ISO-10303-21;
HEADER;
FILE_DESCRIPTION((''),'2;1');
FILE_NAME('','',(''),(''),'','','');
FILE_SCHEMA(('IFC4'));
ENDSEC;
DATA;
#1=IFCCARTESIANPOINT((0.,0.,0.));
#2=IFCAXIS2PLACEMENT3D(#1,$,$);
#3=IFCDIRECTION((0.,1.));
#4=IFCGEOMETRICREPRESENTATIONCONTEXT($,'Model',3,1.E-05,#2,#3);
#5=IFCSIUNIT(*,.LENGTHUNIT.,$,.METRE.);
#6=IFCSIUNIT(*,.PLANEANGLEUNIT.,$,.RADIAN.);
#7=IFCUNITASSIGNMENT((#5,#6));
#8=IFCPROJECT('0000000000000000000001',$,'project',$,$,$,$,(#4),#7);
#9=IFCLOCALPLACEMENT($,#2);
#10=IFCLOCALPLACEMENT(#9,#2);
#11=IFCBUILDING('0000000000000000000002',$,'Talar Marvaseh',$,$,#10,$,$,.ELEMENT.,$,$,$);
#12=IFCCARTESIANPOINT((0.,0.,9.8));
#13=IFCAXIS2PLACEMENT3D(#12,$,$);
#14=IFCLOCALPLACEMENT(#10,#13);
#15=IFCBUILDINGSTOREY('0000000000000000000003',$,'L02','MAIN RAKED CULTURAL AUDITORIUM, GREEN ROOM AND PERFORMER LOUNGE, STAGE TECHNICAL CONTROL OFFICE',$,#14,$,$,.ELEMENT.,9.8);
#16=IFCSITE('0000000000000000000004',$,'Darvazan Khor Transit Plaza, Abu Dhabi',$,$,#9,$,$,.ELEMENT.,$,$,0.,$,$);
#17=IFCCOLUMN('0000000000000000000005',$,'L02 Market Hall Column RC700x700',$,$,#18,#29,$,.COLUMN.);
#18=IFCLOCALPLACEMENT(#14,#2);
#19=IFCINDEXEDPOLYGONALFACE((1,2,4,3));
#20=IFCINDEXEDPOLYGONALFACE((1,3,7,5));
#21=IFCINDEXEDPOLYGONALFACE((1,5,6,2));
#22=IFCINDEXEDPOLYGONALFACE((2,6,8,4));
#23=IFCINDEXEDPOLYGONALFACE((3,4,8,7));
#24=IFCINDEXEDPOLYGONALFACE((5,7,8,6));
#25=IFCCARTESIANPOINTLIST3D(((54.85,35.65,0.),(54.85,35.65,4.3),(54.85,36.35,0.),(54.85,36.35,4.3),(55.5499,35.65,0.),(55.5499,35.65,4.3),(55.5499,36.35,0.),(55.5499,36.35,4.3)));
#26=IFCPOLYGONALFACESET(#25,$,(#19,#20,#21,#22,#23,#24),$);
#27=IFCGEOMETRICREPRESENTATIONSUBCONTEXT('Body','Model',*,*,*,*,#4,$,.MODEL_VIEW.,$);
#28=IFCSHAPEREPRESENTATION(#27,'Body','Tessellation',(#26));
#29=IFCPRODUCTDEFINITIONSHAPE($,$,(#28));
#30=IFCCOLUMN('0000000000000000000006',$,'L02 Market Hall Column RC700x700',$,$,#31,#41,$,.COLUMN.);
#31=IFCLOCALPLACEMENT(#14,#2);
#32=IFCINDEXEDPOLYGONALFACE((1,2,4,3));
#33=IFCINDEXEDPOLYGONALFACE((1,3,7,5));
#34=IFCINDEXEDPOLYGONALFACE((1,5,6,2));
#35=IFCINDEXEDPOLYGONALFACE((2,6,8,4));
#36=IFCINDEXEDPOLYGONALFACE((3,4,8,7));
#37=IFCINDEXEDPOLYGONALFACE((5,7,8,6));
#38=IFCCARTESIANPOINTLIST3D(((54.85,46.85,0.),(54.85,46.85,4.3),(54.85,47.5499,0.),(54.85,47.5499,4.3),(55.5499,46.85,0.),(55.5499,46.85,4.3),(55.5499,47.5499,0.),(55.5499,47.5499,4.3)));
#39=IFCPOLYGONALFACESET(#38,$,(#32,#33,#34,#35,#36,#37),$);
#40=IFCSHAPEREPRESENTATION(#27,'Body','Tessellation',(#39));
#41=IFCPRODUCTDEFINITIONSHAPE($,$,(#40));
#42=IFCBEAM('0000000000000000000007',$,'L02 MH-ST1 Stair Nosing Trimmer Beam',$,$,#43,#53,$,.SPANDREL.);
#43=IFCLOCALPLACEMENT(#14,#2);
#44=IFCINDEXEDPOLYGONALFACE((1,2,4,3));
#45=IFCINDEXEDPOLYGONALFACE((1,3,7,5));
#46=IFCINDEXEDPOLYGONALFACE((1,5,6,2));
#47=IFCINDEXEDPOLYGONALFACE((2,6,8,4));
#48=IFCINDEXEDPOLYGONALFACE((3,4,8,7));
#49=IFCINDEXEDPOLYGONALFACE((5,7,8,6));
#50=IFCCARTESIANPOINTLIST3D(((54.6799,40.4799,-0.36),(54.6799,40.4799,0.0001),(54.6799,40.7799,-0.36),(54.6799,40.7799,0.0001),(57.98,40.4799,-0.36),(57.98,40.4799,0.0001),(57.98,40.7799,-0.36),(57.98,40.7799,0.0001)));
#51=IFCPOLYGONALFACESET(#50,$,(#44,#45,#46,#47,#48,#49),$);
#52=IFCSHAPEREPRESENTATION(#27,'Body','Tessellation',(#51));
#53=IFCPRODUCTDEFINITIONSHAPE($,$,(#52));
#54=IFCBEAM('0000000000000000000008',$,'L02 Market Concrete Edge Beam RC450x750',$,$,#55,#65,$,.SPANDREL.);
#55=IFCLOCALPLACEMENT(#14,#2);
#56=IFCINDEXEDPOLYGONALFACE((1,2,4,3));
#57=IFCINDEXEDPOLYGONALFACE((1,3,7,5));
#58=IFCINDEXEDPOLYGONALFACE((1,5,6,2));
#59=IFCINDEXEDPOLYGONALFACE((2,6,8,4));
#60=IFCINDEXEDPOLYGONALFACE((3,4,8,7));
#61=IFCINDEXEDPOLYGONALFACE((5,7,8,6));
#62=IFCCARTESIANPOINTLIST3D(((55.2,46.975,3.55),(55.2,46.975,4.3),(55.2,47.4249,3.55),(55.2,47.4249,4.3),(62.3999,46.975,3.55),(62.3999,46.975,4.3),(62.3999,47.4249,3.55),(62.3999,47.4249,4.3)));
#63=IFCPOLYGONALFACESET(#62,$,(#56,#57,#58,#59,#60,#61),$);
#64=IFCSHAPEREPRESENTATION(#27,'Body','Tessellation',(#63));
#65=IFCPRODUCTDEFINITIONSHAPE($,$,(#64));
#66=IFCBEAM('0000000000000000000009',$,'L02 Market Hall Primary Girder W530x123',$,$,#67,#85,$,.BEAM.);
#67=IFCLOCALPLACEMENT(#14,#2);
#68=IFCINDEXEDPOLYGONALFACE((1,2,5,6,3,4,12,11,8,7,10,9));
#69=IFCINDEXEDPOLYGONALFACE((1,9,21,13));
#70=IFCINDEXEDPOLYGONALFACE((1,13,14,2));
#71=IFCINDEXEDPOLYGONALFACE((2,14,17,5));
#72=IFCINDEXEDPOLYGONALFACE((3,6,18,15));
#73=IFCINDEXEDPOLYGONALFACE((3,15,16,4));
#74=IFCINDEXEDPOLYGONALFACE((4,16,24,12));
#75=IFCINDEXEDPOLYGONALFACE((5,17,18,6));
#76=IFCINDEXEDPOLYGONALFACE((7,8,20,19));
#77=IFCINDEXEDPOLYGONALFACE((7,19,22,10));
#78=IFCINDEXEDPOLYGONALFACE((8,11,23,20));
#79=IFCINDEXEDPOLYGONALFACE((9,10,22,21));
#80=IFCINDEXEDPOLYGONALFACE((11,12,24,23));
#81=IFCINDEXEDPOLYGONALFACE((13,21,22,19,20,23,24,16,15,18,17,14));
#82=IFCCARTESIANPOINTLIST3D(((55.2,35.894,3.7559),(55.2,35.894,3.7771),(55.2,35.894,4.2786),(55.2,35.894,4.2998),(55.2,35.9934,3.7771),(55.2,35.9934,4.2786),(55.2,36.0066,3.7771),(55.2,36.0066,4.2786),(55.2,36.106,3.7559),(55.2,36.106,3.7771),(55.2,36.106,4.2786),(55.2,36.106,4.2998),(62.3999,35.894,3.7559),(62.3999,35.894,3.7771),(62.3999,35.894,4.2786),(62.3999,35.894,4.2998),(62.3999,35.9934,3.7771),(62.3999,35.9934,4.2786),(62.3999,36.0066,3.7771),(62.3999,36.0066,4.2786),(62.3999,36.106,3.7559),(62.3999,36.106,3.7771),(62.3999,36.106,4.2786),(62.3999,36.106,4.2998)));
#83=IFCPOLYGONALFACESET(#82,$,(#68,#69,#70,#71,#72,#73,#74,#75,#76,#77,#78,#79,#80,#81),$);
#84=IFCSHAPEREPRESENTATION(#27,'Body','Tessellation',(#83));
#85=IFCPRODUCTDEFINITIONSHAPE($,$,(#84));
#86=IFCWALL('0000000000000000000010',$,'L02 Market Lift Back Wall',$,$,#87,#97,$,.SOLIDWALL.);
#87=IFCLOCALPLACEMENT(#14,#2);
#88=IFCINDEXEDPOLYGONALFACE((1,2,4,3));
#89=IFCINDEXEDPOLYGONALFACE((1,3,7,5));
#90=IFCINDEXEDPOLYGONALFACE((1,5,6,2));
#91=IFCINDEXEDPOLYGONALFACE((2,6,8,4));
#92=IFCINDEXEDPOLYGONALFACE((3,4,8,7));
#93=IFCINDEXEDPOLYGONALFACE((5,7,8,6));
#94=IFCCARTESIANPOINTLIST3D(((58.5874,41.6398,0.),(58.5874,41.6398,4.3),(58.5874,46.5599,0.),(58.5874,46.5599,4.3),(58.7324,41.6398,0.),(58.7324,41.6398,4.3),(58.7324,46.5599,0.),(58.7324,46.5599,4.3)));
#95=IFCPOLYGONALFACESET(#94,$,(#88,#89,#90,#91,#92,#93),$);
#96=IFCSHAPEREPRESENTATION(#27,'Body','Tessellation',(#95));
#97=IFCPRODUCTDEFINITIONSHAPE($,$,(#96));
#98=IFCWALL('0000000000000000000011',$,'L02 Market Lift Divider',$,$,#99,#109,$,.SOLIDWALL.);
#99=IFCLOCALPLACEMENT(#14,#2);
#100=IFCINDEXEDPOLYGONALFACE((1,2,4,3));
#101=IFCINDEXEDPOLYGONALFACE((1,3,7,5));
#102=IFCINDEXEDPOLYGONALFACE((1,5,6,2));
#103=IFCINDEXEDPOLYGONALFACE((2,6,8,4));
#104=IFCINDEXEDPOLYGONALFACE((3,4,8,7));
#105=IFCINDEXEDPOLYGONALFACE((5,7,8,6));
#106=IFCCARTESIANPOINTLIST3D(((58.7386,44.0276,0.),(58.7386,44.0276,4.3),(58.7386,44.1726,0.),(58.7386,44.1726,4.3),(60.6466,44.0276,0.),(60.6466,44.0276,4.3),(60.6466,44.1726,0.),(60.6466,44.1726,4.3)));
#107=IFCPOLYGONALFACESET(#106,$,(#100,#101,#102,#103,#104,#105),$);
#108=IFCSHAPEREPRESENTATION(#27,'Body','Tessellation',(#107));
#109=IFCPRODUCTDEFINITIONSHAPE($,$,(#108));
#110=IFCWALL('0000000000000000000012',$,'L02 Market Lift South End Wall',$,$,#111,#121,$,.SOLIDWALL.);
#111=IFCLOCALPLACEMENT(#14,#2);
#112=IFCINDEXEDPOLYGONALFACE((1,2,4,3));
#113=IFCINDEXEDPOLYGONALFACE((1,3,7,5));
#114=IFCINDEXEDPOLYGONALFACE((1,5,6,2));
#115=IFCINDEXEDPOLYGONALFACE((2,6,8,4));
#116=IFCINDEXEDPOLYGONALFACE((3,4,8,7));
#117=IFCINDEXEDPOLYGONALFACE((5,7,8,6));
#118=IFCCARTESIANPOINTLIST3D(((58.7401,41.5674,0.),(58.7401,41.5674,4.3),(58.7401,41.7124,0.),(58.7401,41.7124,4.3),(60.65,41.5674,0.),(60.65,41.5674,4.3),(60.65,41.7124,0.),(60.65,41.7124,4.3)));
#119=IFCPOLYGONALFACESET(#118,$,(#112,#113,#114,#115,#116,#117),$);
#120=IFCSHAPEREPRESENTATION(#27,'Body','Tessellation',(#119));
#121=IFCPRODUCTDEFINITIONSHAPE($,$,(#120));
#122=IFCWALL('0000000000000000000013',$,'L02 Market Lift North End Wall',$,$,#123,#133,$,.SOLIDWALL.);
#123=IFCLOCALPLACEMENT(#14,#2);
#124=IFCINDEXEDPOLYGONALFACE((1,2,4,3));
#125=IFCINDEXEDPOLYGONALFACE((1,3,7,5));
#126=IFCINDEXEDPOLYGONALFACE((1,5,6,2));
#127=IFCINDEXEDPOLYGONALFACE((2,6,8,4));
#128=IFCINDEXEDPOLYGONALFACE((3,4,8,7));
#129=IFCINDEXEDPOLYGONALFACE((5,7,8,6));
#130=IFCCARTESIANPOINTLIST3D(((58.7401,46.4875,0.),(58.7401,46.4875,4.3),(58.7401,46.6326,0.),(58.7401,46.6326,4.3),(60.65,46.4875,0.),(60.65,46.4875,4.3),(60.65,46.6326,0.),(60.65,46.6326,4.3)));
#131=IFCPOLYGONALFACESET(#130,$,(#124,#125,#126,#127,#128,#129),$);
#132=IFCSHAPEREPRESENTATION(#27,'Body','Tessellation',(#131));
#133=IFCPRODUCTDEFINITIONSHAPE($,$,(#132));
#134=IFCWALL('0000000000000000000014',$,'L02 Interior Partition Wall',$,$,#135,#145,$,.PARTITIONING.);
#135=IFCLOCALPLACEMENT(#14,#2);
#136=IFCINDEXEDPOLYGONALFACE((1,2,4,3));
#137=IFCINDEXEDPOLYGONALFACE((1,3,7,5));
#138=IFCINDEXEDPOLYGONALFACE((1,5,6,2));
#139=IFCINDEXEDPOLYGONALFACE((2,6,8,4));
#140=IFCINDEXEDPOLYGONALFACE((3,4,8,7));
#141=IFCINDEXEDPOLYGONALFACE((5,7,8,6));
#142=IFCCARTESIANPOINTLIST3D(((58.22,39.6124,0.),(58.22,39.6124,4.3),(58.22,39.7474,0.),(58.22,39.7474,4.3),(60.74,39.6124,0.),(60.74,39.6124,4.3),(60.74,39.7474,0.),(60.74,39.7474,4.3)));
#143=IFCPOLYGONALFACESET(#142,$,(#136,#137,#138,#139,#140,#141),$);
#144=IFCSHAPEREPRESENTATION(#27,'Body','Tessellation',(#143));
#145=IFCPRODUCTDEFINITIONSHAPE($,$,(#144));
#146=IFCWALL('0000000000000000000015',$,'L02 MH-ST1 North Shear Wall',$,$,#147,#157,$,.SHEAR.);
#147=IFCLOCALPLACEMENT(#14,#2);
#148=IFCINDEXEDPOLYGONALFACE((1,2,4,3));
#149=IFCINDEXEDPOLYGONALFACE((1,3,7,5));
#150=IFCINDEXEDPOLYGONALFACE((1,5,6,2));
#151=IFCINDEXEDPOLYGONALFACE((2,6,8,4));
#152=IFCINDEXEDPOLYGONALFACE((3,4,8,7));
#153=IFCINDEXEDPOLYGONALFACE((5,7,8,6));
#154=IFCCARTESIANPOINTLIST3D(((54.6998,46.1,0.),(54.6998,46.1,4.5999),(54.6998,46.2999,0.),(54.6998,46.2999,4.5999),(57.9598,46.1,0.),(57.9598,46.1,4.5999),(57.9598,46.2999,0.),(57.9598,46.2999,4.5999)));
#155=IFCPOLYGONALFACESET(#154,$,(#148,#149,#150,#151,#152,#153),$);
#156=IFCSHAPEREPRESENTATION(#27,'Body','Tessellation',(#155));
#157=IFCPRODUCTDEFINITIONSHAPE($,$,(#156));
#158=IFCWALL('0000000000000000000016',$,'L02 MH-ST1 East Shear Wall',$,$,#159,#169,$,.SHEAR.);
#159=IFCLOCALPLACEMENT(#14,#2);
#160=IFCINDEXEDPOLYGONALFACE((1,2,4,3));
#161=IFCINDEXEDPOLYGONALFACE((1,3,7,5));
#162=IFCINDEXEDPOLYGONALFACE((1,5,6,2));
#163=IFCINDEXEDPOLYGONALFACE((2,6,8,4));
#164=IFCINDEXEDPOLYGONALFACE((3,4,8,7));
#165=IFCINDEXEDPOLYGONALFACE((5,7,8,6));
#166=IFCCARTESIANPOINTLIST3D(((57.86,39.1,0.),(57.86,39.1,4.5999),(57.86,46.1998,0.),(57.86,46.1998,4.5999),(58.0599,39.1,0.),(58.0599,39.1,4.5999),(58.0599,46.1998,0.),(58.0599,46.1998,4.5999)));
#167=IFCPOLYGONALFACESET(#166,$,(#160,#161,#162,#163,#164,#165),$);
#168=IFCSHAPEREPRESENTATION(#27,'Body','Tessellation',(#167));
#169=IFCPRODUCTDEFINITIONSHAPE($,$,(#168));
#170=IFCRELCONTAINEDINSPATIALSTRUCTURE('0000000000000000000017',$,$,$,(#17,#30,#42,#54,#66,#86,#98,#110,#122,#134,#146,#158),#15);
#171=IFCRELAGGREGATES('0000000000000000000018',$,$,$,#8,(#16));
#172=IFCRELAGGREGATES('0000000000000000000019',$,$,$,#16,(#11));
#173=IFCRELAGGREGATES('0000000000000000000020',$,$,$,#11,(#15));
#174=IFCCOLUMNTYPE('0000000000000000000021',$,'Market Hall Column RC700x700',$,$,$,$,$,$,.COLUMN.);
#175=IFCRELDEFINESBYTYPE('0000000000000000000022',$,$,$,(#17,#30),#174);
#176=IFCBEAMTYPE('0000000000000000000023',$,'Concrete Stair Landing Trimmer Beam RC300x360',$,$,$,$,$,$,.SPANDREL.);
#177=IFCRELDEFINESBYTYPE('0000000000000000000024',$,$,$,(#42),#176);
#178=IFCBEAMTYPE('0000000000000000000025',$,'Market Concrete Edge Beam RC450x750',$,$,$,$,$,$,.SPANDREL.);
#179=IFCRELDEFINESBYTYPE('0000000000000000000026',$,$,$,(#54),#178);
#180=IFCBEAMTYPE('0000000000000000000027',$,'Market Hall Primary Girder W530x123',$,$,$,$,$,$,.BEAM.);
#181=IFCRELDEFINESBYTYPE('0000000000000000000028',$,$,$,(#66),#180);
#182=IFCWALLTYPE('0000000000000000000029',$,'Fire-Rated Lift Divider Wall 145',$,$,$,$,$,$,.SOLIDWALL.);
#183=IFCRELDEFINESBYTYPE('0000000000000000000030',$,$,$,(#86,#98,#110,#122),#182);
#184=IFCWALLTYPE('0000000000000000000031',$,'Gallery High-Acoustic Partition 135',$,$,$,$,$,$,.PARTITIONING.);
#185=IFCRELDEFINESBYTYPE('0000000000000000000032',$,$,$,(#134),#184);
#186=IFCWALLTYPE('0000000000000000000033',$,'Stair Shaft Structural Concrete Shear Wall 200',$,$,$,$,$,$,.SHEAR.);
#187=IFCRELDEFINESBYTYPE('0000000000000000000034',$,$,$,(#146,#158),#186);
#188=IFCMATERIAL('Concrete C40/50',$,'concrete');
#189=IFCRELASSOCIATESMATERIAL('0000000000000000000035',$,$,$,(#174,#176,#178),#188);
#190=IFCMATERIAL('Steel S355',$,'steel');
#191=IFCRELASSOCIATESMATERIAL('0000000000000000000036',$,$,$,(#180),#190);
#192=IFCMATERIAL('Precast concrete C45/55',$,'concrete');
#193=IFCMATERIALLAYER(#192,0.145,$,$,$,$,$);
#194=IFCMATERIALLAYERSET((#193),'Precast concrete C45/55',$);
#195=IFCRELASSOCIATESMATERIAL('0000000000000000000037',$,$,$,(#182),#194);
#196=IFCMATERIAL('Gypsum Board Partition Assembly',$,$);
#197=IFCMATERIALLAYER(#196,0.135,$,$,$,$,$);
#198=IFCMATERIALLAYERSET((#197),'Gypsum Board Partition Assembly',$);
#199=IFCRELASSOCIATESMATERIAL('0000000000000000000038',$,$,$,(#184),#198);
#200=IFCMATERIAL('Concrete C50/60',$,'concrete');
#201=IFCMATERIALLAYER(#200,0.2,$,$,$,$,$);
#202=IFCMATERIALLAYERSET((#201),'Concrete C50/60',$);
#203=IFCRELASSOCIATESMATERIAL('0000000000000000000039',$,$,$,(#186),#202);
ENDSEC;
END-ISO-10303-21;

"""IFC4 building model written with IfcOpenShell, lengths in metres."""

from ifc_helpers import new_model, si_unit, direction, frame, frame_2d, origin, origin_2d, place, context, subcontext, project, spatial, rectangle, i_section, extrude, material, layer, layer_set, material_profile, profile_set, type_object, element, save


model = new_model("IFC4")

# Units and contexts
model_context = context("Model", 3, precision=1e-05, world=origin(), true_north=direction((0.0, 1.0)))
body_context = subcontext(model_context, "Body", "Model", "MODEL_VIEW")
ifc_project = project(units=[si_unit("LENGTHUNIT", "METRE"), si_unit("PLANEANGLEUNIT", "RADIAN")], contexts=[model_context])

# Site, building, storey
site_placement = place(None, origin())
site = spatial("IfcSite", under=ifc_project, at=site_placement, Name="Darvazan Khor Transit Plaza, Abu Dhabi", CompositionType="ELEMENT", RefElevation=0.0)
building_placement = place(site_placement, origin())
building = spatial("IfcBuilding", under=site, at=building_placement, Name="Talar Marvaseh", CompositionType="ELEMENT")
storey_placement = place(building_placement, frame((0.0, 0.0, 9.8)))
storey = spatial("IfcBuildingStorey", under=building, at=storey_placement, Name="L02", Description="MAIN RAKED CULTURAL AUDITORIUM, GREEN ROOM AND PERFORMER LOUNGE, STAGE TECHNICAL CONTROL OFFICE", CompositionType="ELEMENT", Elevation=9.8)

# Columns
ifc_material_1 = material(Name="Concrete C40/50", Category="concrete")
ifc_material_profile_1 = material_profile(ifc_material_1, rectangle(XDim=0.7, YDim=0.7, at=origin_2d()), Name="RC700x700")
ifc_profile_set_1 = profile_set([ifc_material_profile_1], Name="Concrete C40/50")
column_type = type_object("IfcColumnType", Name="Market Hall Column RC700x700", PredefinedType="COLUMN", material=ifc_profile_set_1)
for number, where, z_axis, x_axis, name in (
    (1, (55.2, 36.0, 0.0), (0.0, 0.0, 1.0), (1.0, 0.0, 0.0), "L02 Market Hall Column RC700x700"),
    (2, (55.2, 47.2, 0.0), (0.0, 0.0, 1.0), (1.0, 0.0, 0.0), "L02 Market Hall Column RC700x700"),
):
    element("IfcColumn", number, at=place(storey_placement, frame(where, z_axis=z_axis, x_axis=x_axis)), inside=storey, type_object=column_type, Name=name, PredefinedType="COLUMN", context=body_context, shape_type="SweptSolid", body=[
        extrude(rectangle(XDim=0.7, YDim=0.7, at=origin_2d()), origin(), (0.0, 0.0, 1.0), 4.3),
    ])

# Beams
ifc_material_profile_2 = material_profile(ifc_material_1, rectangle(XDim=0.3, YDim=0.3601, at=origin_2d()), Name="RC300x360")
ifc_profile_set_2 = profile_set([ifc_material_profile_2], Name="Concrete C40/50")
beam_type_1 = type_object("IfcBeamType", Name="Concrete Stair Landing Trimmer Beam RC300x360", PredefinedType="SPANDREL", material=ifc_profile_set_2)
beam_1_placement = place(storey_placement, frame((57.98, 40.6299, -0.1799), z_axis=(-1.0, 0.0, 0.0), x_axis=(0.0, -1.0, 0.0)))
element("IfcBeam", 3, at=beam_1_placement, inside=storey, type_object=beam_type_1, Name="L02 MH-ST1 Stair Nosing Trimmer Beam", PredefinedType="SPANDREL", context=body_context, shape_type="SweptSolid", body=[
    extrude(rectangle(XDim=0.3, YDim=0.3601, at=origin_2d()), origin(), (0.0, 0.0, 1.0), 3.3),
])
ifc_material_profile_3 = material_profile(ifc_material_1, rectangle(XDim=0.45, YDim=0.75, at=origin_2d()), Name="RC450x750")
ifc_profile_set_3 = profile_set([ifc_material_profile_3], Name="Concrete C40/50")
beam_type_2 = type_object("IfcBeamType", Name="Market Concrete Edge Beam RC450x750", PredefinedType="SPANDREL", material=ifc_profile_set_3)
beam_2_placement = place(storey_placement, frame((55.2, 47.2, 3.925), z_axis=(1.0, 0.0, 0.0), x_axis=(0.0, 1.0, 0.0)))
element("IfcBeam", 4, at=beam_2_placement, inside=storey, type_object=beam_type_2, Name="L02 Market Concrete Edge Beam RC450x750", PredefinedType="SPANDREL", context=body_context, shape_type="SweptSolid", body=[
    extrude(rectangle(XDim=0.45, YDim=0.75, at=origin_2d()), origin(), (0.0, 0.0, 1.0), 7.2),
])
ifc_material_2 = material(Name="Steel S355", Category="steel")
ifc_material_profile_4 = material_profile(ifc_material_2, i_section(OverallWidth=0.2119, OverallDepth=0.5439, WebThickness=0.0132, FlangeThickness=0.0212, at=origin_2d()), Name="W530x123")
ifc_profile_set_4 = profile_set([ifc_material_profile_4], Name="Steel S355")
beam_type_3 = type_object("IfcBeamType", Name="Market Hall Primary Girder W530x123", PredefinedType="BEAM", material=ifc_profile_set_4)
beam_3_placement = place(storey_placement, frame((55.2, 36.0, 4.0278), z_axis=(1.0, 0.0, 0.0), x_axis=(0.0, 1.0, 0.0)))
element("IfcBeam", 5, at=beam_3_placement, inside=storey, type_object=beam_type_3, Name="L02 Market Hall Primary Girder W530x123", PredefinedType="BEAM", context=body_context, shape_type="SweptSolid", body=[
    extrude(i_section(OverallWidth=0.2119, OverallDepth=0.5439, WebThickness=0.0132, FlangeThickness=0.0212, at=origin_2d()), origin(), (0.0, 0.0, 1.0), 7.2),
])

# Walls
ifc_material_3 = material(Name="Precast concrete C45/55", Category="concrete")
ifc_layer_1 = layer(ifc_material_3, 0.145)
ifc_layer_set_1 = layer_set([ifc_layer_1], Name="Precast concrete C45/55")
wall_type_1 = type_object("IfcWallType", Name="Fire-Rated Lift Divider Wall 145", PredefinedType="SOLIDWALL", material=ifc_layer_set_1)
wall_1_placement = place(storey_placement, frame((58.6599, 41.6399, 0.0), z_axis=(0.0, 0.0, 1.0), x_axis=(0.0, 1.0, 0.0)))
element("IfcWall", 6, at=wall_1_placement, inside=storey, type_object=wall_type_1, Name="L02 Market Lift Back Wall", PredefinedType="SOLIDWALL", context=body_context, shape_type="SweptSolid", body=[
    extrude(rectangle(XDim=4.9202, YDim=0.145, at=frame_2d((2.46, 0.0))), origin(), (0.0, 0.0, 1.0), 4.3),
])
wall_2_placement = place(storey_placement, frame((58.7385, 44.1001, 0.0), z_axis=(0.0, 0.0, 1.0), x_axis=(1.0, 0.0, 0.0)))
element("IfcWall", 7, at=wall_2_placement, inside=storey, type_object=wall_type_1, Name="L02 Market Lift Divider", PredefinedType="SOLIDWALL", context=body_context, shape_type="SweptSolid", body=[
    extrude(rectangle(XDim=1.908, YDim=0.145, at=frame_2d((0.9541, 0.0))), origin(), (0.0, 0.0, 1.0), 4.3),
])
for number, where, z_axis, x_axis, name in (
    (8, (58.74, 41.6399, 0.0), (0.0, 0.0, 1.0), (1.0, 0.0, 0.0), "L02 Market Lift South End Wall"),
    (9, (58.74, 46.5601, 0.0), (0.0, 0.0, 1.0), (1.0, 0.0, 0.0), "L02 Market Lift North End Wall"),
):
    element("IfcWall", number, at=place(storey_placement, frame(where, z_axis=z_axis, x_axis=x_axis)), inside=storey, type_object=wall_type_1, Name=name, PredefinedType="SOLIDWALL", context=body_context, shape_type="SweptSolid", body=[
        extrude(rectangle(XDim=1.9099, YDim=0.145, at=frame_2d((0.9551, 0.0))), origin(), (0.0, 0.0, 1.0), 4.3),
    ])
ifc_material_4 = material(Name="Gypsum Board Partition Assembly")
ifc_layer_2 = layer(ifc_material_4, 0.135)
ifc_layer_set_2 = layer_set([ifc_layer_2], Name="Gypsum Board Partition Assembly")
wall_type_2 = type_object("IfcWallType", Name="Gallery High-Acoustic Partition 135", PredefinedType="PARTITIONING", material=ifc_layer_set_2)
wall_3_placement = place(storey_placement, frame((58.22, 39.6799, 0.0), z_axis=(0.0, 0.0, 1.0), x_axis=(1.0, 0.0, 0.0)))
element("IfcWall", 10, at=wall_3_placement, inside=storey, type_object=wall_type_2, Name="L02 Interior Partition Wall", PredefinedType="PARTITIONING", context=body_context, shape_type="SweptSolid", body=[
    extrude(rectangle(XDim=2.52, YDim=0.135, at=frame_2d((1.26, 0.0))), origin(), (0.0, 0.0, 1.0), 4.3),
])

# Shared definitions
ifc_material_5 = material(Name="Concrete C50/60", Category="concrete")
ifc_layer_3 = layer(ifc_material_5, 0.2)
ifc_layer_set_3 = layer_set([ifc_layer_3], Name="Concrete C50/60")
wall_type_3 = type_object("IfcWallType", Name="Stair Shaft Structural Concrete Shear Wall 200", PredefinedType="SHEAR", material=ifc_layer_set_3)

# Walls
wall_4_placement = place(storey_placement, frame((54.7, 46.2, 0.0), z_axis=(0.0, 0.0, 1.0), x_axis=(1.0, 0.0, 0.0)))
element("IfcWall", 11, at=wall_4_placement, inside=storey, type_object=wall_type_3, Name="L02 MH-ST1 North Shear Wall", PredefinedType="SHEAR", context=body_context, shape_type="SweptSolid", body=[
    extrude(rectangle(XDim=3.26, YDim=0.2, at=frame_2d((1.6299, 0.0))), origin(), (0.0, 0.0, 1.0), 4.5999),
])
wall_5_placement = place(storey_placement, frame((57.96, 39.1001, 0.0), z_axis=(0.0, 0.0, 1.0), x_axis=(0.0, 1.0, 0.0)))
element("IfcWall", 12, at=wall_5_placement, inside=storey, type_object=wall_type_3, Name="L02 MH-ST1 East Shear Wall", PredefinedType="SHEAR", context=body_context, shape_type="SweptSolid", body=[
    extrude(rectangle(XDim=7.0999, YDim=0.2, at=frame_2d((3.5498, 0.0))), origin(), (0.0, 0.0, 1.0), 4.5999),
])

save(model, "model.ifc")
